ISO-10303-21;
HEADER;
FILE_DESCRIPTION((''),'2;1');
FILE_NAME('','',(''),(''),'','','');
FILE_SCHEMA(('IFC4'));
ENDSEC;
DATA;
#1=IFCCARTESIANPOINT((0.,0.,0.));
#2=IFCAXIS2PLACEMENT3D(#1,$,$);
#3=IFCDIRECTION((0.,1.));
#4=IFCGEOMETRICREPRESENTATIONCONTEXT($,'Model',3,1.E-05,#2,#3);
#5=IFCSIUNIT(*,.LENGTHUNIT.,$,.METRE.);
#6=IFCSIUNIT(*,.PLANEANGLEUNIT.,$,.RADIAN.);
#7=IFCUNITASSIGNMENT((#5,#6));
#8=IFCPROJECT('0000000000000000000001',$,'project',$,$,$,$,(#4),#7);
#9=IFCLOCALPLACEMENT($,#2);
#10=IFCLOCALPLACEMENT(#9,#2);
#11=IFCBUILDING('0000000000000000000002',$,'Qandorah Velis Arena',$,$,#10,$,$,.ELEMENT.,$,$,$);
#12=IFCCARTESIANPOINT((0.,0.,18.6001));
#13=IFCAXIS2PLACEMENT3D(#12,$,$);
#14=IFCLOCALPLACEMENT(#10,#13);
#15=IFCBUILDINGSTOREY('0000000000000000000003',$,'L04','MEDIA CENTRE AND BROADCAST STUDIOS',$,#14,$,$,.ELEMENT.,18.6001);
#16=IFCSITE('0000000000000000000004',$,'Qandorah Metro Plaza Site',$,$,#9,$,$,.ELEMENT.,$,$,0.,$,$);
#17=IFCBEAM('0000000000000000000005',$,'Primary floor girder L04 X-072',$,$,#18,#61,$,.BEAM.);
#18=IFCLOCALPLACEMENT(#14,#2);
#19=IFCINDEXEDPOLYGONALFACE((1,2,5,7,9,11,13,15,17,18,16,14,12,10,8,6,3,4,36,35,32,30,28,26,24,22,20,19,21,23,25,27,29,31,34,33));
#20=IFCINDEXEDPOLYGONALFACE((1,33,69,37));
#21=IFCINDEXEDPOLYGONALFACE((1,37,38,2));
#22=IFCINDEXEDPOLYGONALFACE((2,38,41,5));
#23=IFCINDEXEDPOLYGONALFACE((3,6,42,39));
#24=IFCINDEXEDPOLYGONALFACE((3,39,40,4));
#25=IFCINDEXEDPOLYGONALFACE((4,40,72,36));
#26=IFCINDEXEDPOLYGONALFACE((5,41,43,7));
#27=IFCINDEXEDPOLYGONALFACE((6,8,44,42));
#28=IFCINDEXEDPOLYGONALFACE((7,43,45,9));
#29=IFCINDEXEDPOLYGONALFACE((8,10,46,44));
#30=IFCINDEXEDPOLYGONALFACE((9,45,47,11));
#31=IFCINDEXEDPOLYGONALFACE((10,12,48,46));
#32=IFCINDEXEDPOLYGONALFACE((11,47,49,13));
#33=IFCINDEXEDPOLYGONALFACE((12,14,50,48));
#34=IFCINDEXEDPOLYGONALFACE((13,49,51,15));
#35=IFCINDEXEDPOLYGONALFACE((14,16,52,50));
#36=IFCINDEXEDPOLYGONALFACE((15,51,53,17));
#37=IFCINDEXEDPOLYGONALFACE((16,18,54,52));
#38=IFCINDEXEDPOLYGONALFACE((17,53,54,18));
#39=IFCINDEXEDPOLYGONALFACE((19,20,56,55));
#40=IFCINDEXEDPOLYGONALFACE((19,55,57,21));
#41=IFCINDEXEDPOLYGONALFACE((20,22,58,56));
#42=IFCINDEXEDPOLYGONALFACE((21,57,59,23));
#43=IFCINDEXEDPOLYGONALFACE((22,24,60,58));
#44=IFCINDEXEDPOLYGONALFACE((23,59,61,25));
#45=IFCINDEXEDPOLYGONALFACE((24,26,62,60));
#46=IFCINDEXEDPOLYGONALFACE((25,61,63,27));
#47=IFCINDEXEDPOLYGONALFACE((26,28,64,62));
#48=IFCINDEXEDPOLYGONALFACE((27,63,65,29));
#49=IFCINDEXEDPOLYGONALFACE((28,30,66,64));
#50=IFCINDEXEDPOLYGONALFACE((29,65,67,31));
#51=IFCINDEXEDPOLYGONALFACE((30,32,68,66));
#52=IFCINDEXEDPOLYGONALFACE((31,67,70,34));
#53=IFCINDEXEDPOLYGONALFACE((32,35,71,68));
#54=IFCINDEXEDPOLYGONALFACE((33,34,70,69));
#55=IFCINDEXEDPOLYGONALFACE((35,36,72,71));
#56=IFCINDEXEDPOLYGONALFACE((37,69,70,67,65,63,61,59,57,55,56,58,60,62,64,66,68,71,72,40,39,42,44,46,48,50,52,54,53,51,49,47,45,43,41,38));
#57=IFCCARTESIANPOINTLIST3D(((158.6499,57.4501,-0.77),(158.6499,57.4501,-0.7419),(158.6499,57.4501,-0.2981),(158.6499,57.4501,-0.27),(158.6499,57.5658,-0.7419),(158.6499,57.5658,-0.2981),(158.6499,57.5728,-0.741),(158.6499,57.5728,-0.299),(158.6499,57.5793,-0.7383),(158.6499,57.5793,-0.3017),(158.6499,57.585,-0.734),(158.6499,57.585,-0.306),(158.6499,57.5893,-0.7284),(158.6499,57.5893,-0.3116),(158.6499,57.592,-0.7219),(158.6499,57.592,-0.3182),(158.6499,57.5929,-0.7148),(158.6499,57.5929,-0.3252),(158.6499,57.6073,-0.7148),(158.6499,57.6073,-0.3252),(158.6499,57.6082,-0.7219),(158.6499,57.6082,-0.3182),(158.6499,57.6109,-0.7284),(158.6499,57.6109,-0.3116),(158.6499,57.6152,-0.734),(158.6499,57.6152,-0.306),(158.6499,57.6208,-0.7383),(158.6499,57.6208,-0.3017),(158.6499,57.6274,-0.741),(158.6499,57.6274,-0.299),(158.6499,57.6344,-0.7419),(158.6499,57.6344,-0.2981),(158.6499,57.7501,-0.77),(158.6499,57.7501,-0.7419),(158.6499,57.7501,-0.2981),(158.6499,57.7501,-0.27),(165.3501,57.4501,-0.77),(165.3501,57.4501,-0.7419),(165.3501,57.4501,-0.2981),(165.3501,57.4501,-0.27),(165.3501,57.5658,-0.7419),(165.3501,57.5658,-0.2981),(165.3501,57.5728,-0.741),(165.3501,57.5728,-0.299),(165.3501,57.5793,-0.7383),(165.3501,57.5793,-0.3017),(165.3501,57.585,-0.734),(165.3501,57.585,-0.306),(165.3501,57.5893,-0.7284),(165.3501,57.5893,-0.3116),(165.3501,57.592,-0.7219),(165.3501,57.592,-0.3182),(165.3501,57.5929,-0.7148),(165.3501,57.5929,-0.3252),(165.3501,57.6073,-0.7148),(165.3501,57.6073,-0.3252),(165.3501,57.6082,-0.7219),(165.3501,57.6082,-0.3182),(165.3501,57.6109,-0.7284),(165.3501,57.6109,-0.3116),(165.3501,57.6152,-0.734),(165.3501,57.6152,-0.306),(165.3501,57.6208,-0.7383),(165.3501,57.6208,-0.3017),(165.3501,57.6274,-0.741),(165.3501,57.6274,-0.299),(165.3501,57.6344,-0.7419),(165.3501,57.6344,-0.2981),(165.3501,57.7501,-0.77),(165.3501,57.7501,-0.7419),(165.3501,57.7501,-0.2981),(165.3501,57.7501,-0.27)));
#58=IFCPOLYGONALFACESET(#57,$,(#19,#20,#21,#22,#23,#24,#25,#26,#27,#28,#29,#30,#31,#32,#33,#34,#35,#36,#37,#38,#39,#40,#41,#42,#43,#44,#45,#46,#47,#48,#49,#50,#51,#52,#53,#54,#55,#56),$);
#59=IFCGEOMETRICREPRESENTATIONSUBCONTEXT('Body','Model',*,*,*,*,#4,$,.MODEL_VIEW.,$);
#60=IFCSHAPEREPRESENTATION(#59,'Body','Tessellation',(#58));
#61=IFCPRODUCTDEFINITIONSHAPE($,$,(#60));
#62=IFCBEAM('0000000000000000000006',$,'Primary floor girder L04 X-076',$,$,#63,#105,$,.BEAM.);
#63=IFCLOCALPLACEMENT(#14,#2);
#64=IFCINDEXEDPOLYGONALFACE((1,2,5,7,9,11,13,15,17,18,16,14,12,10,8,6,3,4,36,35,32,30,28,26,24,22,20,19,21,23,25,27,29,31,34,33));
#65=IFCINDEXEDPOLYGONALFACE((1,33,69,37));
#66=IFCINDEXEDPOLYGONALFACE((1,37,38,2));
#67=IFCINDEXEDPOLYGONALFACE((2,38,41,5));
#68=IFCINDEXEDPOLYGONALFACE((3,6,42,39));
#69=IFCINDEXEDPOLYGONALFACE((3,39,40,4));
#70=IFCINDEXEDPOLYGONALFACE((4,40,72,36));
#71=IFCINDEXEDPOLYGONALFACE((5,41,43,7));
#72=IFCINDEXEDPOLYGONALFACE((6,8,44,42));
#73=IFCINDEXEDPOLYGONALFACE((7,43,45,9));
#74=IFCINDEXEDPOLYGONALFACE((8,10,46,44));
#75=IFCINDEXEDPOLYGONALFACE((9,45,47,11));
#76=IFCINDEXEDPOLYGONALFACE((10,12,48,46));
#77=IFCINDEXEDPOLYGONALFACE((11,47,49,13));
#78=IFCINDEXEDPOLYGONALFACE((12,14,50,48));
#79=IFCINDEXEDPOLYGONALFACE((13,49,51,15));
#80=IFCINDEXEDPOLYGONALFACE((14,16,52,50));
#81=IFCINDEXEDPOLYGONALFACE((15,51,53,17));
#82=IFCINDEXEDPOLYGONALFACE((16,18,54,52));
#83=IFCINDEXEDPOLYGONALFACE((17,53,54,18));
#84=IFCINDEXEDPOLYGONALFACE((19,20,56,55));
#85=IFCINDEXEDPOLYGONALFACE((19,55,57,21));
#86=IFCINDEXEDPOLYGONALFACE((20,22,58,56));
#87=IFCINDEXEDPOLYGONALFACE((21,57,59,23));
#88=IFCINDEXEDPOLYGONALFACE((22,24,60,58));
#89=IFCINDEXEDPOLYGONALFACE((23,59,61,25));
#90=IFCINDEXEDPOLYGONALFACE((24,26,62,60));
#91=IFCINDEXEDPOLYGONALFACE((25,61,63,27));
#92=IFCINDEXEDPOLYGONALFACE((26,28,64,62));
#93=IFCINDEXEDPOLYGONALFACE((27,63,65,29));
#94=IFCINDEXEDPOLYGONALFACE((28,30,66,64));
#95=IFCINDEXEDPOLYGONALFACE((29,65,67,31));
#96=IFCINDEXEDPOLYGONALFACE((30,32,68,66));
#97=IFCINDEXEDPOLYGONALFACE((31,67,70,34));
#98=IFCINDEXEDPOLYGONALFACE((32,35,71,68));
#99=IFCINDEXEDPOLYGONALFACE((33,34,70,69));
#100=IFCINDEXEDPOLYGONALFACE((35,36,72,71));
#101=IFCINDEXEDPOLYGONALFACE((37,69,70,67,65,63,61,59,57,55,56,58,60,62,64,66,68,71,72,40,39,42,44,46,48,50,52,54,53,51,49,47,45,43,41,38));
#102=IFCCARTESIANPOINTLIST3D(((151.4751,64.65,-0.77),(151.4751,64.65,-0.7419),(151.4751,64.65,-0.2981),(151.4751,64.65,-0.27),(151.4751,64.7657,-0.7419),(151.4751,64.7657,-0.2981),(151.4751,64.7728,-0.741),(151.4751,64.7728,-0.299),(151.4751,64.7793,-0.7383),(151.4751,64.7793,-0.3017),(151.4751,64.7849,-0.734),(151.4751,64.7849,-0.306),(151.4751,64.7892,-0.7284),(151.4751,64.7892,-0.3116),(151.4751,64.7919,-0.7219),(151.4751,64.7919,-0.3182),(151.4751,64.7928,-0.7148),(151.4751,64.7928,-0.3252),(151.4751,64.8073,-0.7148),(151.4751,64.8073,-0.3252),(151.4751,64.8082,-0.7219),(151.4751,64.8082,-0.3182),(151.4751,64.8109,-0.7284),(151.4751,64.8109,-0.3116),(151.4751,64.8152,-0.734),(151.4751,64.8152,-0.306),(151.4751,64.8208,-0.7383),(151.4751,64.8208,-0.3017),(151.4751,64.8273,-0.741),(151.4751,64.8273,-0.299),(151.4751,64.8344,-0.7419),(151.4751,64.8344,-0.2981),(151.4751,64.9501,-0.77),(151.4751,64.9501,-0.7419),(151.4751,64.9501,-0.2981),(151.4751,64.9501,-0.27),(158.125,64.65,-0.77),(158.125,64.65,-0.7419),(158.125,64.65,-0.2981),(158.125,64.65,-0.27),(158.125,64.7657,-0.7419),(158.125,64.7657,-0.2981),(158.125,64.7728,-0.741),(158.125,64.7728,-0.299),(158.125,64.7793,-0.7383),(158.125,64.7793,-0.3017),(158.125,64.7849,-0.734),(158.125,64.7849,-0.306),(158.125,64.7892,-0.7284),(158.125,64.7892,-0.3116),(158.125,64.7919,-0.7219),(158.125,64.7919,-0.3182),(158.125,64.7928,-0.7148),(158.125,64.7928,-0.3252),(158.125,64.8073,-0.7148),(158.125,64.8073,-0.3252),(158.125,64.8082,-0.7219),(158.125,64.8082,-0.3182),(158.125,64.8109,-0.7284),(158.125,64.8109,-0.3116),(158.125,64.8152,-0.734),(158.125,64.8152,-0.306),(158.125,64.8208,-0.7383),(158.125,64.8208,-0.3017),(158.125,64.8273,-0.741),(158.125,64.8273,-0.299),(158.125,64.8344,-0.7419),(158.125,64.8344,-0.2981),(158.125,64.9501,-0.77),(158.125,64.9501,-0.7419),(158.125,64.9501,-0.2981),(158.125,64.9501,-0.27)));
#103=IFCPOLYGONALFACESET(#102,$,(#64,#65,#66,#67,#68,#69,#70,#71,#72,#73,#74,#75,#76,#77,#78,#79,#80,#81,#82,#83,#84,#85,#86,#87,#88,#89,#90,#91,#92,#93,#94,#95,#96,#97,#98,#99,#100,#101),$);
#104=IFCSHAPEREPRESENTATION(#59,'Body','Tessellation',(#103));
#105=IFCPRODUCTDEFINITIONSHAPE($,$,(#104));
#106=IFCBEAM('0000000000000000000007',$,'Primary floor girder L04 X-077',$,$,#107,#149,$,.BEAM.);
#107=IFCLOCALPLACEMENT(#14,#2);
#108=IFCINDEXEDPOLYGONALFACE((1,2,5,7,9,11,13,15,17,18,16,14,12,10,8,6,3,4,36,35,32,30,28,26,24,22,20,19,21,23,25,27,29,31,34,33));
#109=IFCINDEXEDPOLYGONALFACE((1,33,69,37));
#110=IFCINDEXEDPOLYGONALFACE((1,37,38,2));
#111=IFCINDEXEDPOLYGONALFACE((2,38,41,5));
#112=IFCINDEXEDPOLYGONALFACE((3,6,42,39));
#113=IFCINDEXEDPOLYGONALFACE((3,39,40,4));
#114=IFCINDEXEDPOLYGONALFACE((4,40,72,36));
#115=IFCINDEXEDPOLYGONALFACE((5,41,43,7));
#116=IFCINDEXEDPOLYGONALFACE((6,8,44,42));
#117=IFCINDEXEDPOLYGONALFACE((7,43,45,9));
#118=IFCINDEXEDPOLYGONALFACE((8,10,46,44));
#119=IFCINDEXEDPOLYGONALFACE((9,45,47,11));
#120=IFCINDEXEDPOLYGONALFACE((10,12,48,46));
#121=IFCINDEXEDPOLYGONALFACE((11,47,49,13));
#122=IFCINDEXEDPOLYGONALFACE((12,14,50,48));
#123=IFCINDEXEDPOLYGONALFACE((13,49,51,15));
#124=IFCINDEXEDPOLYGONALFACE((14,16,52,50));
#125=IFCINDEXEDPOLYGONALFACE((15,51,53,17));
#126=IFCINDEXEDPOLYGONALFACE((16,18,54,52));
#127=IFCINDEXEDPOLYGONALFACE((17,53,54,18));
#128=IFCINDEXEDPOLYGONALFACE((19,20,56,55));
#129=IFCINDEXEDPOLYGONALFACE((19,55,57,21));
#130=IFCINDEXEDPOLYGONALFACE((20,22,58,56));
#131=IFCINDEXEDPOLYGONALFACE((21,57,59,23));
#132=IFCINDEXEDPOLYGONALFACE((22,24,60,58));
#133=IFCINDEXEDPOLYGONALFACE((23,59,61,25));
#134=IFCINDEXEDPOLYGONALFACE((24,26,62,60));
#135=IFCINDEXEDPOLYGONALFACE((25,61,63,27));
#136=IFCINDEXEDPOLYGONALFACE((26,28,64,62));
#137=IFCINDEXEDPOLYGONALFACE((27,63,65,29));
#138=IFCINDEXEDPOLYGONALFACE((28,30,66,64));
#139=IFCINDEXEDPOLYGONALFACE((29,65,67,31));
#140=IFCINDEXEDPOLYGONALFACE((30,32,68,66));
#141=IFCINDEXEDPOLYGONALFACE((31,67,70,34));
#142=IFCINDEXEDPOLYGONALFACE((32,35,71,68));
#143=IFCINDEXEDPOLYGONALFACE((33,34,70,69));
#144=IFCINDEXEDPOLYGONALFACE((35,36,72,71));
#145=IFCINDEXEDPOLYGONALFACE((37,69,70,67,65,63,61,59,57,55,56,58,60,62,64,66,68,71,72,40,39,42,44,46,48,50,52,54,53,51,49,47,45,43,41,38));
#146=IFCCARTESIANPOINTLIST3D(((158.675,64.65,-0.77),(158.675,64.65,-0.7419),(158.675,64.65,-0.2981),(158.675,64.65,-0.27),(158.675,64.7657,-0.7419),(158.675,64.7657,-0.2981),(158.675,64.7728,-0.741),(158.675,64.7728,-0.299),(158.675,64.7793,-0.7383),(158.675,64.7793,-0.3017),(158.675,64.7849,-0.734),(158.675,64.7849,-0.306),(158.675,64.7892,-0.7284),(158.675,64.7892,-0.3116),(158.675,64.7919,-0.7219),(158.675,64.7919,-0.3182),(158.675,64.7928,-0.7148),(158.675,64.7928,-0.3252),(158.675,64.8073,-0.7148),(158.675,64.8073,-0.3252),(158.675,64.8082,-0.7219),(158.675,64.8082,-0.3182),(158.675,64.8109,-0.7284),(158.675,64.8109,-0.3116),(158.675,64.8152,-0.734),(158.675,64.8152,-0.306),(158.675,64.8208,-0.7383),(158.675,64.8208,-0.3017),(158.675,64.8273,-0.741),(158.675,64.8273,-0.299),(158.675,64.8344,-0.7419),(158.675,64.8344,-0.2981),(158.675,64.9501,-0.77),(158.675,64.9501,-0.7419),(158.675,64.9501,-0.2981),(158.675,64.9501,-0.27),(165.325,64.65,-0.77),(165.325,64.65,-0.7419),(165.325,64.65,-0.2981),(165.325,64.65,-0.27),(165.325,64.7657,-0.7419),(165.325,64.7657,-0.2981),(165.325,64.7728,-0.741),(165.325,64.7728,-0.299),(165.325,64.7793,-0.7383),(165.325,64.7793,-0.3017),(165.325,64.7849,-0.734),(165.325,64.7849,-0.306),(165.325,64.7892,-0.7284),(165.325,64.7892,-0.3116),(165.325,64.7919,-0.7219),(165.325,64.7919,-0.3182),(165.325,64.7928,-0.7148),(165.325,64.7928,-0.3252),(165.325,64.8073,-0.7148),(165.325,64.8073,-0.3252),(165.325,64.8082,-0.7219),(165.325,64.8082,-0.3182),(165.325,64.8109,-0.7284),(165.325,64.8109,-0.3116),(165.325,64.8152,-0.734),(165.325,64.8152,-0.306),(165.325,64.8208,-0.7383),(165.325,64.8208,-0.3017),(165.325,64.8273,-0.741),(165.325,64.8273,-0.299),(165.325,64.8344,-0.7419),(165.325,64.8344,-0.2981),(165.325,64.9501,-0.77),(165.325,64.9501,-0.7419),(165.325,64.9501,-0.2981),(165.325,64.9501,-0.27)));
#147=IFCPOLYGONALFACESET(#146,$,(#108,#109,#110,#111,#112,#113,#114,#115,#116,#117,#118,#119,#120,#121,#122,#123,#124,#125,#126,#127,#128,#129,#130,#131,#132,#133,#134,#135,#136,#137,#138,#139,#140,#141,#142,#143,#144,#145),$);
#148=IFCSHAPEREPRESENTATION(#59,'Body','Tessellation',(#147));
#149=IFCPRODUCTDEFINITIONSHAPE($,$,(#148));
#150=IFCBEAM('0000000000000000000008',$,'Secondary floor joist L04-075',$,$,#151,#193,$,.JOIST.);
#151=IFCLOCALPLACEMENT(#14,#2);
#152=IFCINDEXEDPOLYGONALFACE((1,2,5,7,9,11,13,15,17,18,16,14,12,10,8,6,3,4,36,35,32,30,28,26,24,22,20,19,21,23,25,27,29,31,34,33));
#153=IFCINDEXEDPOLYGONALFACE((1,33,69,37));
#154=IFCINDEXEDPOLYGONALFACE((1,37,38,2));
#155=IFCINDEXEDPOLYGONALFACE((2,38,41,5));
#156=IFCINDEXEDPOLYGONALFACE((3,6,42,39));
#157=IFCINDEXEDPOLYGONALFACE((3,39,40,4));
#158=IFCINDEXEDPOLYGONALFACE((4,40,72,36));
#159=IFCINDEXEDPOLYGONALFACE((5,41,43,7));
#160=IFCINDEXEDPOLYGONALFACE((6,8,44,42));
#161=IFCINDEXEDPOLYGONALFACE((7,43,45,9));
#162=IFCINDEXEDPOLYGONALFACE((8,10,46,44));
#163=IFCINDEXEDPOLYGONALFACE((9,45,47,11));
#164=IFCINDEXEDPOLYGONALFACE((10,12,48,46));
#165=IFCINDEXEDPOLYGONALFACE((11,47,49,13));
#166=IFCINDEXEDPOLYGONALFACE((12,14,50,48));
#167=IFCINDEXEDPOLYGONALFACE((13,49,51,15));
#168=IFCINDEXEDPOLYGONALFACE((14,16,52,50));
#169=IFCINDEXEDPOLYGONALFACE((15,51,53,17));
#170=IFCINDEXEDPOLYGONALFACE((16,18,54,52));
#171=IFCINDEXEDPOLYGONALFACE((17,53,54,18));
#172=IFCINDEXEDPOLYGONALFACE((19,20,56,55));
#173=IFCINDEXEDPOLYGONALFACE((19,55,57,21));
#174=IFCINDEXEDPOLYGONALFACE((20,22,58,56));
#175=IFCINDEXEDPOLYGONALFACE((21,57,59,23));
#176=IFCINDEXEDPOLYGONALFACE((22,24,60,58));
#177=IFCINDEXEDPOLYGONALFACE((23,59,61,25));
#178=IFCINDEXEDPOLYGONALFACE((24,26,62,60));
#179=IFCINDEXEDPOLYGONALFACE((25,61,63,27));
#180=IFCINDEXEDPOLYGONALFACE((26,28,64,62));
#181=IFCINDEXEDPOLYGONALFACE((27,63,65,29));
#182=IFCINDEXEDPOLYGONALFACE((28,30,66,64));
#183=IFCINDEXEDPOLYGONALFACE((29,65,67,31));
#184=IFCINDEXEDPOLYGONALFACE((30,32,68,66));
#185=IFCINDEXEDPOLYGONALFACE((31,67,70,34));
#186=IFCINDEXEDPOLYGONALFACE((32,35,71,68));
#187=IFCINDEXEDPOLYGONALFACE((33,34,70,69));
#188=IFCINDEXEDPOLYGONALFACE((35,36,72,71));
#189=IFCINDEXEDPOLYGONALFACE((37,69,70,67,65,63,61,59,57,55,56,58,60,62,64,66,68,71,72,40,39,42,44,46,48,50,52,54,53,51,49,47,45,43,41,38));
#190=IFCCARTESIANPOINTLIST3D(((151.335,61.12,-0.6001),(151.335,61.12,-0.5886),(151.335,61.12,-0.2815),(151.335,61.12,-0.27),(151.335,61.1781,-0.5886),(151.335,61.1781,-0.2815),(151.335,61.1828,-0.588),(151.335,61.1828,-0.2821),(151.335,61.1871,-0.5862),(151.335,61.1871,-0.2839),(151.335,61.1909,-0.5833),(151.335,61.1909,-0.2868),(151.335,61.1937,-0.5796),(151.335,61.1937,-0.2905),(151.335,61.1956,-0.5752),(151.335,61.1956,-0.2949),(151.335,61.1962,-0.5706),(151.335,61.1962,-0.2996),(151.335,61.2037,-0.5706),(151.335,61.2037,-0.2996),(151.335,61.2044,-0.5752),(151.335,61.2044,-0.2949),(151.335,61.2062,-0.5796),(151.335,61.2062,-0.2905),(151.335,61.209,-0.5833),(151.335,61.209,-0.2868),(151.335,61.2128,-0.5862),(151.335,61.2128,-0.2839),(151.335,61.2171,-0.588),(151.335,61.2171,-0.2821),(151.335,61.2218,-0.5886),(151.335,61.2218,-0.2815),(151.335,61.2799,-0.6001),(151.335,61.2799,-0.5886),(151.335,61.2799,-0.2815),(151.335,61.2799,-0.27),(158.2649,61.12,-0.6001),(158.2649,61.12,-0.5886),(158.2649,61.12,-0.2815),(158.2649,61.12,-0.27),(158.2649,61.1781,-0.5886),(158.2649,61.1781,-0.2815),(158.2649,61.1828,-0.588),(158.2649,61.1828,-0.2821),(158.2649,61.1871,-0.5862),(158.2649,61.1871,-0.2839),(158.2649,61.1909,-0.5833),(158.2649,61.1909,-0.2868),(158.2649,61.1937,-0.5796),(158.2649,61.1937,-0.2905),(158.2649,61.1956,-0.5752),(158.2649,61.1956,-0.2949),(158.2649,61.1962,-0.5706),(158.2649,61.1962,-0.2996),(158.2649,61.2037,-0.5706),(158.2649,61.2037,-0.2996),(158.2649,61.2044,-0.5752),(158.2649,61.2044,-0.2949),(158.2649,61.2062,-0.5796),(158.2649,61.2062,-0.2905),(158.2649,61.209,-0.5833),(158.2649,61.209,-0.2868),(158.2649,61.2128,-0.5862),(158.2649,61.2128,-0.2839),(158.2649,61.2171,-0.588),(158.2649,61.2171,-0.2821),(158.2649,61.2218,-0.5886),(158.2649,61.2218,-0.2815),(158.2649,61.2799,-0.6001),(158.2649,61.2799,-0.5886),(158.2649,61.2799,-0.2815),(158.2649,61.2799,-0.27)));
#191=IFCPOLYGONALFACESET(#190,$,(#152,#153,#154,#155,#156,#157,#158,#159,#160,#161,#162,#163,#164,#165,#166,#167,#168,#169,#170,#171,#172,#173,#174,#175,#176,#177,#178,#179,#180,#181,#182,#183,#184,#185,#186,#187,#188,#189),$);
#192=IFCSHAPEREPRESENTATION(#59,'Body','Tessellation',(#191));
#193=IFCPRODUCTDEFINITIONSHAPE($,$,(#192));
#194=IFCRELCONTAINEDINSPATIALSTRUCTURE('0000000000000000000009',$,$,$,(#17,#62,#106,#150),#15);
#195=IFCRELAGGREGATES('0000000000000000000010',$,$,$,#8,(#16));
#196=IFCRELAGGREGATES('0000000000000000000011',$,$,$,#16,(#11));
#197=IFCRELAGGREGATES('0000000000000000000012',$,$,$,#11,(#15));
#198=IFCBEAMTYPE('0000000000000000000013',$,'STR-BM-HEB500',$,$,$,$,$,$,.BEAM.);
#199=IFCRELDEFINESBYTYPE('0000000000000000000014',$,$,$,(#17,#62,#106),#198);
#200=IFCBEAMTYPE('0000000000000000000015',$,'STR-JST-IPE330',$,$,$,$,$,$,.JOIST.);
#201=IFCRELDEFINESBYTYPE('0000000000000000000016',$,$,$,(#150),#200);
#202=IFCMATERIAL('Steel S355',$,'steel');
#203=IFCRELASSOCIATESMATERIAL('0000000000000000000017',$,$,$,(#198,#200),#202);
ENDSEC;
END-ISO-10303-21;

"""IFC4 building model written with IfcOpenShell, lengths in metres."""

from ifc_helpers import new_model, si_unit, direction, frame, origin, origin_2d, place, context, subcontext, project, spatial, i_section, extrude, material, material_profile, profile_set, type_object, element, save


model = new_model("IFC4")

# Units and contexts
model_context = context("Model", 3, precision=1e-05, world=origin(), true_north=direction((0.0, 1.0)))
body_context = subcontext(model_context, "Body", "Model", "MODEL_VIEW")
ifc_project = project(units=[si_unit("LENGTHUNIT", "METRE"), si_unit("PLANEANGLEUNIT", "RADIAN")], contexts=[model_context])

# Site, building, storey
site_placement = place(None, origin())
site = spatial("IfcSite", under=ifc_project, at=site_placement, Name="Qandorah Metro Plaza Site", CompositionType="ELEMENT", RefElevation=0.0)
building_placement = place(site_placement, origin())
building = spatial("IfcBuilding", under=site, at=building_placement, Name="Qandorah Velis Arena", CompositionType="ELEMENT")
storey_placement = place(building_placement, frame((0.0, 0.0, 18.6001)))
storey = spatial("IfcBuildingStorey", under=building, at=storey_placement, Name="L04", Description="MEDIA CENTRE AND BROADCAST STUDIOS", CompositionType="ELEMENT", Elevation=18.6001)

# Beams
ifc_material_1 = material(Name="Steel S355", Category="steel")
ifc_material_profile_1 = material_profile(ifc_material_1, i_section(OverallWidth=0.3, OverallDepth=0.5, WebThickness=0.0144, FlangeThickness=0.0281, FilletRadius=0.0271, at=origin_2d()), Name="HEB 500")
ifc_profile_set_1 = profile_set([ifc_material_profile_1], Name="Steel S355")
beam_type_1 = type_object("IfcBeamType", Name="STR-BM-HEB500", PredefinedType="BEAM", material=ifc_profile_set_1)
beam_1_placement = place(storey_placement, frame((158.6499, 57.6001, -0.52), z_axis=(1.0, 0.0, 0.0), x_axis=(0.0, 1.0, 0.0)))
element("IfcBeam", 1, at=beam_1_placement, inside=storey, type_object=beam_type_1, Name="Primary floor girder L04 X-072", PredefinedType="BEAM", context=body_context, shape_type="SweptSolid", body=[
    extrude(i_section(OverallWidth=0.3, OverallDepth=0.5, WebThickness=0.0144, FlangeThickness=0.0281, FilletRadius=0.0271, at=origin_2d()), origin(), (0.0, 0.0, 1.0), 6.7002),
])
for number, where, z_axis, x_axis, name in (
    (2, (151.4751, 64.8, -0.52), (1.0, 0.0, 0.0), (0.0, 1.0, 0.0), "Primary floor girder L04 X-076"),
    (3, (158.675, 64.8, -0.52), (1.0, 0.0, 0.0), (0.0, 1.0, 0.0), "Primary floor girder L04 X-077"),
):
    element("IfcBeam", number, at=place(storey_placement, frame(where, z_axis=z_axis, x_axis=x_axis)), inside=storey, type_object=beam_type_1, Name=name, PredefinedType="BEAM", context=body_context, shape_type="SweptSolid", body=[
        extrude(i_section(OverallWidth=0.3, OverallDepth=0.5, WebThickness=0.0144, FlangeThickness=0.0281, FilletRadius=0.0271, at=origin_2d()), origin(), (0.0, 0.0, 1.0), 6.6499),
    ])
ifc_material_profile_2 = material_profile(ifc_material_1, i_section(OverallWidth=0.1599, OverallDepth=0.3301, WebThickness=0.0076, FlangeThickness=0.0115, FilletRadius=0.0181, at=origin_2d()), Name="IPE 330")
ifc_profile_set_2 = profile_set([ifc_material_profile_2], Name="Steel S355")
beam_type_2 = type_object("IfcBeamType", Name="STR-JST-IPE330", PredefinedType="JOIST", material=ifc_profile_set_2)
beam_2_placement = place(storey_placement, frame((151.335, 61.2, -0.4351), z_axis=(1.0, 0.0, 0.0), x_axis=(0.0, 1.0, 0.0)))
element("IfcBeam", 4, at=beam_2_placement, inside=storey, type_object=beam_type_2, Name="Secondary floor joist L04-075", PredefinedType="JOIST", context=body_context, shape_type="SweptSolid", body=[
    extrude(i_section(OverallWidth=0.1599, OverallDepth=0.3301, WebThickness=0.0076, FlangeThickness=0.0115, FilletRadius=0.0181, at=origin_2d()), origin(), (0.0, 0.0, 1.0), 6.9299),
])

save(model, "model.ifc")
